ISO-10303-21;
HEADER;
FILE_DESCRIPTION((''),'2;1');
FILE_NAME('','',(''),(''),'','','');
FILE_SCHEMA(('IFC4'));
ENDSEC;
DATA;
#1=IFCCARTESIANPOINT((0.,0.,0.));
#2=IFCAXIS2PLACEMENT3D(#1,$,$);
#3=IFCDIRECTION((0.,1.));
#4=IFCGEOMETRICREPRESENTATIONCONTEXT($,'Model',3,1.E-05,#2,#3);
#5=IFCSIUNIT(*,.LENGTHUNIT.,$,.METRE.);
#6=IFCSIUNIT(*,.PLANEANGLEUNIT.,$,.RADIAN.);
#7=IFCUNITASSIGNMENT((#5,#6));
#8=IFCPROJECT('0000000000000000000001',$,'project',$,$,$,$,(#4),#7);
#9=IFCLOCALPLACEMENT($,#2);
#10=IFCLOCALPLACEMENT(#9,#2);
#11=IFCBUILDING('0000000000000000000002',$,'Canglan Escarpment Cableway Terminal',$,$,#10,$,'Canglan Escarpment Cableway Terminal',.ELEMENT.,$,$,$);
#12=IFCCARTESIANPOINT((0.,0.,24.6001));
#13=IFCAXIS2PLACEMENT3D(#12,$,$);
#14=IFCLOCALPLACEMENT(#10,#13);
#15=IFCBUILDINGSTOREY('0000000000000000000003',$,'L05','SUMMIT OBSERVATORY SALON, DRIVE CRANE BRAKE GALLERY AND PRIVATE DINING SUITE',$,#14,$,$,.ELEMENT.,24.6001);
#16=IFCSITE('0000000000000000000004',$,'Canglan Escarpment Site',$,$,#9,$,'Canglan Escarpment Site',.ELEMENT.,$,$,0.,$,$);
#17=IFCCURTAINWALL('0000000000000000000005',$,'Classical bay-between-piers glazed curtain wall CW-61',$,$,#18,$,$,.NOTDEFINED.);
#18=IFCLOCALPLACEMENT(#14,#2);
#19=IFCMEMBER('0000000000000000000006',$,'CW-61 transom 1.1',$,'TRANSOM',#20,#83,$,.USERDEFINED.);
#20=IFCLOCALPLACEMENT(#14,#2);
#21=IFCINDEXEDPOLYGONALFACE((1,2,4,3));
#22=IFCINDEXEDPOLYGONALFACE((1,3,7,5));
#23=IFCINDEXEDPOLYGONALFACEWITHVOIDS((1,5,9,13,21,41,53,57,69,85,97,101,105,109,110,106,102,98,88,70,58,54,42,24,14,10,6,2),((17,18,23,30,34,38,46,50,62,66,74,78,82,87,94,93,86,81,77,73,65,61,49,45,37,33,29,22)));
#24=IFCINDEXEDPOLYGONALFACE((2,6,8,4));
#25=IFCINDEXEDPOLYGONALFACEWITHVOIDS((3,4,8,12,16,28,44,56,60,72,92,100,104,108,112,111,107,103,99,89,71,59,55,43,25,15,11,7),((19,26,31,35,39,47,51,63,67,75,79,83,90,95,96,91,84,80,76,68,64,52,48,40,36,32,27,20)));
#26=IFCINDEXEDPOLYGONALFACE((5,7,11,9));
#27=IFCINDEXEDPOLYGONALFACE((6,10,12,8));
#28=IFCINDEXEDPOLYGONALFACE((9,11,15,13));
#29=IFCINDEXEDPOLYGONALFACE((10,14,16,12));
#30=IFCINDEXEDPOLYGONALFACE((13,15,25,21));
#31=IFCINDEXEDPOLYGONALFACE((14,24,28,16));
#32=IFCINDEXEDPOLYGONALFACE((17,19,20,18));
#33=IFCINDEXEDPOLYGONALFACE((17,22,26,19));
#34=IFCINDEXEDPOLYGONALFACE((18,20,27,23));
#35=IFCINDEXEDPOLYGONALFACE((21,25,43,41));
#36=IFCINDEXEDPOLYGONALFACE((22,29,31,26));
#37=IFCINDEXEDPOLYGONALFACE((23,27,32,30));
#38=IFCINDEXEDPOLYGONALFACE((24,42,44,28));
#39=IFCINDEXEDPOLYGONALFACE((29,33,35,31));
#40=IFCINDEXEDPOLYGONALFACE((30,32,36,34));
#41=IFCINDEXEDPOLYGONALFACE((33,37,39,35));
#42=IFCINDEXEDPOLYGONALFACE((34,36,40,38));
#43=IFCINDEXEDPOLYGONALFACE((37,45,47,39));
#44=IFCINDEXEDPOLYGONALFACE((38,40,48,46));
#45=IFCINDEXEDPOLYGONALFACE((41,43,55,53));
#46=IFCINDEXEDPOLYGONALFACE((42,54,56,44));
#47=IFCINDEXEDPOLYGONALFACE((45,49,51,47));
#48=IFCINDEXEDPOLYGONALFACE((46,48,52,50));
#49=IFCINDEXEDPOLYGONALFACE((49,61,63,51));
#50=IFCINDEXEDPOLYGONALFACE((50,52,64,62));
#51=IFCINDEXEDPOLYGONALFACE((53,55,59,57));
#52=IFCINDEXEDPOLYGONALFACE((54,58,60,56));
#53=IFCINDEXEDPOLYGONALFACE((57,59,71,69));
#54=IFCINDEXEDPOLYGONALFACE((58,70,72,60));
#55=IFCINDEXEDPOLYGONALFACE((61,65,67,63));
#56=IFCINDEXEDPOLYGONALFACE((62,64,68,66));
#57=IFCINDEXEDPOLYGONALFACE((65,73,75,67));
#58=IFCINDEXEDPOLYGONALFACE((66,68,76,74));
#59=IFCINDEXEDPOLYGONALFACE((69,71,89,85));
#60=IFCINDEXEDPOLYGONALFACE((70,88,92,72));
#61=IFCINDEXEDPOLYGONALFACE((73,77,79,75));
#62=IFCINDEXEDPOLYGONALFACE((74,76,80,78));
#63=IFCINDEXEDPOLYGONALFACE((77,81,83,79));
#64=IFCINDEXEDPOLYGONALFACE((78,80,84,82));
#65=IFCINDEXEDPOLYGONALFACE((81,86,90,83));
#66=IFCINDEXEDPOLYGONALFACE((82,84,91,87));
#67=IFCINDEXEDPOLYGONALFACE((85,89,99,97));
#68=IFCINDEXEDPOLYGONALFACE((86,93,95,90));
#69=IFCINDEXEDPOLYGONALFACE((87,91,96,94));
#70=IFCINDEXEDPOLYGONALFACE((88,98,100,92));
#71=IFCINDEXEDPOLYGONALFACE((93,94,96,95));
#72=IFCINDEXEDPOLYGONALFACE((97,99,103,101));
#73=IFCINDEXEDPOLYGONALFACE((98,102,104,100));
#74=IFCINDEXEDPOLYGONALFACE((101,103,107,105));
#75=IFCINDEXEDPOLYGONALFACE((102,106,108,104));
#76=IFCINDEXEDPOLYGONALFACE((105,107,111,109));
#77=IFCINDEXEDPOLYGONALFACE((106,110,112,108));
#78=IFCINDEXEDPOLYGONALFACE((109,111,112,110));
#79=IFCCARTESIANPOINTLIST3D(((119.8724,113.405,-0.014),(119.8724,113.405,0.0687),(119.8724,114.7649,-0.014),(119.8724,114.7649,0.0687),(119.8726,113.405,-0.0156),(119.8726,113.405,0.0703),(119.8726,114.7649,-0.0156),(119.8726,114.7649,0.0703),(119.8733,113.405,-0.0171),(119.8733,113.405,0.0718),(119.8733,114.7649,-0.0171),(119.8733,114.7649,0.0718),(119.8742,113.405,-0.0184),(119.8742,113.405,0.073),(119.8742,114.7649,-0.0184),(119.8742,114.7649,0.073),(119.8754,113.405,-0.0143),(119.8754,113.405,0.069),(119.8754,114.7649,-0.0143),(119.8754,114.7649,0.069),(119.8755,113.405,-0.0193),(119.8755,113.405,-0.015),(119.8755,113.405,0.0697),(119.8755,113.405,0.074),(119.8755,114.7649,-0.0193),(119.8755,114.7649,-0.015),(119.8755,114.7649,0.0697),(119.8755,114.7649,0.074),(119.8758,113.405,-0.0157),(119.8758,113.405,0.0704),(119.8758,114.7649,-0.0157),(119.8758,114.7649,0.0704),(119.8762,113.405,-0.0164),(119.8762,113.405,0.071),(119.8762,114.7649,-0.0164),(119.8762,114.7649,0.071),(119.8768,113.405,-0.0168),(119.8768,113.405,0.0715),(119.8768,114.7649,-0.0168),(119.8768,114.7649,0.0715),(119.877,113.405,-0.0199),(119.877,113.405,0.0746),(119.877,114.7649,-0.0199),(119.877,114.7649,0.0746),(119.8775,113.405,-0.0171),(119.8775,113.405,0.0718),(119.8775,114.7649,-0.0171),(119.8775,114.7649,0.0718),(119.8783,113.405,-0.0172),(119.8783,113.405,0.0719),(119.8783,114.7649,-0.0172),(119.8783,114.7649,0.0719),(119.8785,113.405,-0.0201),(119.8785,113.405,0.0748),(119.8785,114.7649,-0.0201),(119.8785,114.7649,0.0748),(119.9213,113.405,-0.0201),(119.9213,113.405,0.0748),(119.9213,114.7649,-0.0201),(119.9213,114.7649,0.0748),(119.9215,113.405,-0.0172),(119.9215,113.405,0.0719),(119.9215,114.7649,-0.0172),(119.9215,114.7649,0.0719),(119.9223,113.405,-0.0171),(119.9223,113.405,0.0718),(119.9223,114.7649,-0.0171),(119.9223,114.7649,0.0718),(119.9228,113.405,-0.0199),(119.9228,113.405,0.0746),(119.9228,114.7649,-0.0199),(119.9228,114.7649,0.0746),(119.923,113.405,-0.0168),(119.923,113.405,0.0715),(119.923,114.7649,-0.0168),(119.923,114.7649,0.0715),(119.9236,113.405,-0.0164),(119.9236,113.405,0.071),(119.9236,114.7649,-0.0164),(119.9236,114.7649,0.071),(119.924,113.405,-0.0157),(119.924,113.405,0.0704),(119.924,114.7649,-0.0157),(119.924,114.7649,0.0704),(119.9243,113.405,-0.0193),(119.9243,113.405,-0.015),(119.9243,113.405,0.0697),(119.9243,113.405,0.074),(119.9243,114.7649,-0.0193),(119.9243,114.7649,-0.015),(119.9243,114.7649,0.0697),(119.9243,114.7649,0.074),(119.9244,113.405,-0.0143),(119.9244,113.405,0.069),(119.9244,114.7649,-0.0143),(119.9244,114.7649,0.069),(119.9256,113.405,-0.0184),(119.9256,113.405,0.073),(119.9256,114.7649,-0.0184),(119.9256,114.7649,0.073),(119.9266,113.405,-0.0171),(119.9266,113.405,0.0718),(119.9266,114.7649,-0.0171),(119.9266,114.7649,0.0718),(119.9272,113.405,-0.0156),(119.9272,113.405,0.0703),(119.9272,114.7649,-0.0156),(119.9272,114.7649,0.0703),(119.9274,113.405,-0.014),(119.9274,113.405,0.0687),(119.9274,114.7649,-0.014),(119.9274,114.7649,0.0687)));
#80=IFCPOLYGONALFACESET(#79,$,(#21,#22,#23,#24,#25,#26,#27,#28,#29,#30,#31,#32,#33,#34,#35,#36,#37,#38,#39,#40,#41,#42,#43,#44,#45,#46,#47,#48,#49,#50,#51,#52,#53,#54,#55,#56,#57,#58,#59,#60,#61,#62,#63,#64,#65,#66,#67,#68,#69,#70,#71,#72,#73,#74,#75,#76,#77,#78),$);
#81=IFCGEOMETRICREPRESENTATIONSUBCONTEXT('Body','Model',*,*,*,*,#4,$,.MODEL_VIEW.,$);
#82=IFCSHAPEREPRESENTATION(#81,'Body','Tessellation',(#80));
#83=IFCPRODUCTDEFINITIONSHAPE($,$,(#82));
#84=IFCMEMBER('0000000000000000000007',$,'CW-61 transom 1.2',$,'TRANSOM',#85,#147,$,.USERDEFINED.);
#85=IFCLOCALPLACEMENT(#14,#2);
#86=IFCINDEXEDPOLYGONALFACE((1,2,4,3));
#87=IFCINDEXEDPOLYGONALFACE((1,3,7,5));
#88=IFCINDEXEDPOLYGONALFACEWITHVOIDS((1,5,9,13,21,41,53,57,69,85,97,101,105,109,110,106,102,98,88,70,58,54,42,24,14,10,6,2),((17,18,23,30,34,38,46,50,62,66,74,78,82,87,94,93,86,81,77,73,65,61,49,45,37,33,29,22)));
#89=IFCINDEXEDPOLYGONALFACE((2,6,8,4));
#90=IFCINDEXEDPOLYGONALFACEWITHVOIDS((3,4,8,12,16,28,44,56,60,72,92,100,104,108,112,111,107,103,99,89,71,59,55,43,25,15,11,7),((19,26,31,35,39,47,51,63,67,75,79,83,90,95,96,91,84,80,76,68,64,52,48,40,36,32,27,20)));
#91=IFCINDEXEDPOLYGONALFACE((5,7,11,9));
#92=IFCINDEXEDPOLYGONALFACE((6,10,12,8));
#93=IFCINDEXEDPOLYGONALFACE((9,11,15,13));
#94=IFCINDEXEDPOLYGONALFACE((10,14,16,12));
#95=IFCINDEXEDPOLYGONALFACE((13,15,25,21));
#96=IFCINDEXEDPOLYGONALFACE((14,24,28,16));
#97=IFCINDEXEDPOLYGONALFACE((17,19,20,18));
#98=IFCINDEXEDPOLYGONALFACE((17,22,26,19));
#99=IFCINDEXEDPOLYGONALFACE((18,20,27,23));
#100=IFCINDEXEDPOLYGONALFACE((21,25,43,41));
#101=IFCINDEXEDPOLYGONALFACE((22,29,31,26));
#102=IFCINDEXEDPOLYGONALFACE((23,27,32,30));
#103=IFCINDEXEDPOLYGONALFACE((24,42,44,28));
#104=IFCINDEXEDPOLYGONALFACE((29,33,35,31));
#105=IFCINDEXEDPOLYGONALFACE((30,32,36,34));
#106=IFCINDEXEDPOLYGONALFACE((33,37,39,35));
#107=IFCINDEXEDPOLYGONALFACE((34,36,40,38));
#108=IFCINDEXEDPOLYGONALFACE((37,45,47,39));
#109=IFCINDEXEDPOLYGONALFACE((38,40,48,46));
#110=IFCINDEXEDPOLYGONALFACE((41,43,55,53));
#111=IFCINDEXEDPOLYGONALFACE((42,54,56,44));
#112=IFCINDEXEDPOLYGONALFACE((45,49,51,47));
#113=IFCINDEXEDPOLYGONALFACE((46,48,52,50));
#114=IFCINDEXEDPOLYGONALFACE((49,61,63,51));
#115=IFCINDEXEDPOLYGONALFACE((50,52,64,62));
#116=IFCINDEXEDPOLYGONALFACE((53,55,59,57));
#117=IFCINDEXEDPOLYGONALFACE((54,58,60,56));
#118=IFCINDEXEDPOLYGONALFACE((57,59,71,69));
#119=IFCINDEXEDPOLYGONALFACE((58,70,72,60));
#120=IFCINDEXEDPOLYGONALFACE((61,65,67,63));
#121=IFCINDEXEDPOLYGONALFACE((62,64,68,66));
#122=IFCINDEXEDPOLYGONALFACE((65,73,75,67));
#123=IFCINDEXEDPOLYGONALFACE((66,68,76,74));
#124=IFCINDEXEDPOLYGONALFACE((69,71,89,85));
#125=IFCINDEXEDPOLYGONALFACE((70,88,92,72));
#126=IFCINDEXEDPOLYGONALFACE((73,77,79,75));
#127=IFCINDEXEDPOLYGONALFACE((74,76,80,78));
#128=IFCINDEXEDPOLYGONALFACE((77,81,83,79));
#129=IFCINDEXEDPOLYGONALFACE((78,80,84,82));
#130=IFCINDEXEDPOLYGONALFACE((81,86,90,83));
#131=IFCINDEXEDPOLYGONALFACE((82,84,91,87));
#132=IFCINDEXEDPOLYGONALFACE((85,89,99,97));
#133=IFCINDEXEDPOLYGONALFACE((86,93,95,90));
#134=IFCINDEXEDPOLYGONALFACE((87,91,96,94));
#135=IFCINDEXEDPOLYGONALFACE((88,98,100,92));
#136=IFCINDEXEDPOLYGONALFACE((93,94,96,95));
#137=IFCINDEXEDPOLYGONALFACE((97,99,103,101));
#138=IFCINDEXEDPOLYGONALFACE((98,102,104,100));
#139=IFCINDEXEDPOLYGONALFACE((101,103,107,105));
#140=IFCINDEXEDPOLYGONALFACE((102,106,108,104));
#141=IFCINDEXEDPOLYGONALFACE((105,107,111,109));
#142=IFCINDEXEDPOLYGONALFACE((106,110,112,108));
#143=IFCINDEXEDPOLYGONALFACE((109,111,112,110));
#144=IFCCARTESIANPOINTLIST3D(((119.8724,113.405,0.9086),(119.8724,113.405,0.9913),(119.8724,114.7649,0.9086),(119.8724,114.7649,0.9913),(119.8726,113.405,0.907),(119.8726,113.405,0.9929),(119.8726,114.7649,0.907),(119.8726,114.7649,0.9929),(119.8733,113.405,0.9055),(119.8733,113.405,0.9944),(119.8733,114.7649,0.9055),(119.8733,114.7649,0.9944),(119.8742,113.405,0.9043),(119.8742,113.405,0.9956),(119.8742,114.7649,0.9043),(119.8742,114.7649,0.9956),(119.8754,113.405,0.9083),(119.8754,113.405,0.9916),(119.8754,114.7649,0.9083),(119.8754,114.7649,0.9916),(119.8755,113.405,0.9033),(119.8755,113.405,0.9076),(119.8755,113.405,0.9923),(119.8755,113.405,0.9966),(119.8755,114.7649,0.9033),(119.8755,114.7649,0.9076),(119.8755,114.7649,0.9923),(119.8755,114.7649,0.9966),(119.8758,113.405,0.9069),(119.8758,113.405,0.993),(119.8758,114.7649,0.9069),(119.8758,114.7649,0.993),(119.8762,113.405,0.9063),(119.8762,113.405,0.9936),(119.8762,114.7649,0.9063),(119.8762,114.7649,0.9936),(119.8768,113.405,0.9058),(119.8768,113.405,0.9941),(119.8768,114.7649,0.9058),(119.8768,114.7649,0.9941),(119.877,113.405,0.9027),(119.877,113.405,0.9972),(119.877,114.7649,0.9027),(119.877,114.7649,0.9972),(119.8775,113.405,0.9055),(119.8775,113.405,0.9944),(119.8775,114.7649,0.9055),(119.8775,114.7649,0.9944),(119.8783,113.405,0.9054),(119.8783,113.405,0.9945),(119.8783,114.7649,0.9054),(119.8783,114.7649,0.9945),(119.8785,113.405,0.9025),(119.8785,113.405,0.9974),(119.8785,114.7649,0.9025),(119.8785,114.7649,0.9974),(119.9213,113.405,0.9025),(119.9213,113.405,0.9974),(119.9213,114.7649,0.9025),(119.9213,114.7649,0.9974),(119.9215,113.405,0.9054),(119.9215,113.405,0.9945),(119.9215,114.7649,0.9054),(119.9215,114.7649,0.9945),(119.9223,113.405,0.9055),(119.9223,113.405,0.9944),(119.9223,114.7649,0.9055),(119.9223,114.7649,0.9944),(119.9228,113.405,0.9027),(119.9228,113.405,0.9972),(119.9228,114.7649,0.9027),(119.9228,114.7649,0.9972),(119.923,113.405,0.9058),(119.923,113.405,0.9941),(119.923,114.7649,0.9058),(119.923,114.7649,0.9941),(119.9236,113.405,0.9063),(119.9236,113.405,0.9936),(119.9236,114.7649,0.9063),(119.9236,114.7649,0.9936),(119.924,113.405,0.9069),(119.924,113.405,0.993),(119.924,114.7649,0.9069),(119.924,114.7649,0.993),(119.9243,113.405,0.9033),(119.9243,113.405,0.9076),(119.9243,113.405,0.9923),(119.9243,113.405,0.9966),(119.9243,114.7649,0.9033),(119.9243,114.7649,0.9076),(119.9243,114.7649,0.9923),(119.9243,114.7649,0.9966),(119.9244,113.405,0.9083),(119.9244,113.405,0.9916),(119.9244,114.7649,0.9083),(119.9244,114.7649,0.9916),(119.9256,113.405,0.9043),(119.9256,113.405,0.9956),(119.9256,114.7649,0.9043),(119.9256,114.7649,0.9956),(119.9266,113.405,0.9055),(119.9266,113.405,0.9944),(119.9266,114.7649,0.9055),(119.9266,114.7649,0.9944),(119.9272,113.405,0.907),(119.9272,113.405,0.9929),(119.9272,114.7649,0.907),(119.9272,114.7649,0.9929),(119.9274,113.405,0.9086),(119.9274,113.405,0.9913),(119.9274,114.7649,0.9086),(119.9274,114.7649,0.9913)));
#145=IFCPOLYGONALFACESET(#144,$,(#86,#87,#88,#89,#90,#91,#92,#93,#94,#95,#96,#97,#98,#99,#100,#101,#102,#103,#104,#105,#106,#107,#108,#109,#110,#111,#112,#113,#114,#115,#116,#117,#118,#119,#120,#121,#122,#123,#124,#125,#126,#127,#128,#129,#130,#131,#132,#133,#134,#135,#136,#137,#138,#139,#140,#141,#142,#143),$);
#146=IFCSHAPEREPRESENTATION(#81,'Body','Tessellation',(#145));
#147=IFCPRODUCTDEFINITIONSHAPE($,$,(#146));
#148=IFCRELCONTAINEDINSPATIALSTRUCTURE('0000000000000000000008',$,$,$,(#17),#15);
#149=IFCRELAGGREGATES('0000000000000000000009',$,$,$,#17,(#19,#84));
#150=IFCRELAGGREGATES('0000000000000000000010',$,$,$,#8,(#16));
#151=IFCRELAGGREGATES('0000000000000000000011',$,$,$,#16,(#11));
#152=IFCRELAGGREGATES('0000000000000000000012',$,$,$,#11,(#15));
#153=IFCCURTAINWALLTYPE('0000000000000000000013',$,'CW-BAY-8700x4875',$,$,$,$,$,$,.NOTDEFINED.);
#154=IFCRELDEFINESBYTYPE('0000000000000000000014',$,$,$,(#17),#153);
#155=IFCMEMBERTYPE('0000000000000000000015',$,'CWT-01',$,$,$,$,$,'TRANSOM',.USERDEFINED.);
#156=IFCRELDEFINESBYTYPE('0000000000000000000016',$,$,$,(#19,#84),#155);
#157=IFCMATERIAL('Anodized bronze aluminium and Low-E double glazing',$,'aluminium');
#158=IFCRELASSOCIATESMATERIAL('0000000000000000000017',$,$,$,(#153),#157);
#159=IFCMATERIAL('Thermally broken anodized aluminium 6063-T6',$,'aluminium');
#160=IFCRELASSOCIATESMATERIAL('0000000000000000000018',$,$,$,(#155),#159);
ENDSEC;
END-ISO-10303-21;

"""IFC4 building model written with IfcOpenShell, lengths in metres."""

from ifc_helpers import new_model, si_unit, direction, frame, origin, origin_2d, place, context, subcontext, project, spatial, hollow_rectangle, extrude, material, material_profile, profile_set, type_object, element, aggregate, save


model = new_model("IFC4")

# Units and contexts
model_context = context("Model", 3, precision=1e-05, world=origin(), true_north=direction((0.0, 1.0)))
body_context = subcontext(model_context, "Body", "Model", "MODEL_VIEW")
ifc_project = project(units=[si_unit("LENGTHUNIT", "METRE"), si_unit("PLANEANGLEUNIT", "RADIAN")], contexts=[model_context])

# Site, building, storey
site_placement = place(None, origin())
site = spatial("IfcSite", under=ifc_project, at=site_placement, Name="Canglan Escarpment Site", LongName="Canglan Escarpment Site", CompositionType="ELEMENT", RefElevation=0.0)
building_placement = place(site_placement, origin())
building = spatial("IfcBuilding", under=site, at=building_placement, Name="Canglan Escarpment Cableway Terminal", LongName="Canglan Escarpment Cableway Terminal", CompositionType="ELEMENT")
storey_placement = place(building_placement, frame((0.0, 0.0, 24.6001)))
storey = spatial("IfcBuildingStorey", under=building, at=storey_placement, Name="L05", Description="SUMMIT OBSERVATORY SALON, DRIVE CRANE BRAKE GALLERY AND PRIVATE DINING SUITE", CompositionType="ELEMENT", Elevation=24.6001)

# Curtain wall
ifc_material_1 = material(Name="Anodized bronze aluminium and Low-E double glazing", Category="aluminium")
curtain_wall_type_1 = type_object("IfcCurtainWallType", Name="CW-BAY-8700x4875", PredefinedType="NOTDEFINED", material=ifc_material_1)
curtain_wall_1_placement = place(storey_placement, origin())
curtain_wall_1 = element("IfcCurtainWall", 1, at=curtain_wall_1_placement, inside=storey, type_object=curtain_wall_type_1, Name="Classical bay-between-piers glazed curtain wall CW-61", PredefinedType="NOTDEFINED")
ifc_material_2 = material(Name="Thermally broken anodized aluminium 6063-T6", Category="aluminium")

# Members
ifc_material_profile_1 = material_profile(ifc_material_2, hollow_rectangle(XDim=0.0549, YDim=0.095, WallThickness=0.0029, InnerFilletRadius=0.0029, OuterFilletRadius=0.0061, at=origin_2d()), Name="ALU-TRAN 55x95x3")
ifc_profile_set_1 = profile_set([ifc_material_profile_1], Name="Thermally broken anodized aluminium 6063-T6")
member_type_1 = type_object("IfcMemberType", Name="CWT-01", ElementType="TRANSOM", PredefinedType="USERDEFINED", material=ifc_profile_set_1)
member_1_placement = place(storey_placement, frame((119.8999, 114.7649, 0.0273), z_axis=(0.0, -1.0, 0.0), x_axis=(1.0, 0.0, 0.0)))
member_1 = element("IfcMember", 2, at=member_1_placement, type_object=member_type_1, Name="CW-61 transom 1.1", ObjectType="TRANSOM", PredefinedType="USERDEFINED", context=body_context, shape_type="SweptSolid", body=[
    extrude(hollow_rectangle(XDim=0.0549, YDim=0.095, WallThickness=0.0029, InnerFilletRadius=0.0029, OuterFilletRadius=0.0061, at=origin_2d()), origin(), (0.0, 0.0, 1.0), 1.3599),
])
member_2_placement = place(storey_placement, frame((119.8999, 114.7649, 0.95), z_axis=(0.0, -1.0, 0.0), x_axis=(1.0, 0.0, 0.0)))
member_2 = element("IfcMember", 3, at=member_2_placement, type_object=member_type_1, Name="CW-61 transom 1.2", ObjectType="TRANSOM", PredefinedType="USERDEFINED", context=body_context, shape_type="SweptSolid", body=[
    extrude(hollow_rectangle(XDim=0.0549, YDim=0.095, WallThickness=0.0029, InnerFilletRadius=0.0029, OuterFilletRadius=0.0061, at=origin_2d()), origin(), (0.0, 0.0, 1.0), 1.3599),
])

aggregate(curtain_wall_1, [member_1, member_2])

save(model, "model.ifc")
